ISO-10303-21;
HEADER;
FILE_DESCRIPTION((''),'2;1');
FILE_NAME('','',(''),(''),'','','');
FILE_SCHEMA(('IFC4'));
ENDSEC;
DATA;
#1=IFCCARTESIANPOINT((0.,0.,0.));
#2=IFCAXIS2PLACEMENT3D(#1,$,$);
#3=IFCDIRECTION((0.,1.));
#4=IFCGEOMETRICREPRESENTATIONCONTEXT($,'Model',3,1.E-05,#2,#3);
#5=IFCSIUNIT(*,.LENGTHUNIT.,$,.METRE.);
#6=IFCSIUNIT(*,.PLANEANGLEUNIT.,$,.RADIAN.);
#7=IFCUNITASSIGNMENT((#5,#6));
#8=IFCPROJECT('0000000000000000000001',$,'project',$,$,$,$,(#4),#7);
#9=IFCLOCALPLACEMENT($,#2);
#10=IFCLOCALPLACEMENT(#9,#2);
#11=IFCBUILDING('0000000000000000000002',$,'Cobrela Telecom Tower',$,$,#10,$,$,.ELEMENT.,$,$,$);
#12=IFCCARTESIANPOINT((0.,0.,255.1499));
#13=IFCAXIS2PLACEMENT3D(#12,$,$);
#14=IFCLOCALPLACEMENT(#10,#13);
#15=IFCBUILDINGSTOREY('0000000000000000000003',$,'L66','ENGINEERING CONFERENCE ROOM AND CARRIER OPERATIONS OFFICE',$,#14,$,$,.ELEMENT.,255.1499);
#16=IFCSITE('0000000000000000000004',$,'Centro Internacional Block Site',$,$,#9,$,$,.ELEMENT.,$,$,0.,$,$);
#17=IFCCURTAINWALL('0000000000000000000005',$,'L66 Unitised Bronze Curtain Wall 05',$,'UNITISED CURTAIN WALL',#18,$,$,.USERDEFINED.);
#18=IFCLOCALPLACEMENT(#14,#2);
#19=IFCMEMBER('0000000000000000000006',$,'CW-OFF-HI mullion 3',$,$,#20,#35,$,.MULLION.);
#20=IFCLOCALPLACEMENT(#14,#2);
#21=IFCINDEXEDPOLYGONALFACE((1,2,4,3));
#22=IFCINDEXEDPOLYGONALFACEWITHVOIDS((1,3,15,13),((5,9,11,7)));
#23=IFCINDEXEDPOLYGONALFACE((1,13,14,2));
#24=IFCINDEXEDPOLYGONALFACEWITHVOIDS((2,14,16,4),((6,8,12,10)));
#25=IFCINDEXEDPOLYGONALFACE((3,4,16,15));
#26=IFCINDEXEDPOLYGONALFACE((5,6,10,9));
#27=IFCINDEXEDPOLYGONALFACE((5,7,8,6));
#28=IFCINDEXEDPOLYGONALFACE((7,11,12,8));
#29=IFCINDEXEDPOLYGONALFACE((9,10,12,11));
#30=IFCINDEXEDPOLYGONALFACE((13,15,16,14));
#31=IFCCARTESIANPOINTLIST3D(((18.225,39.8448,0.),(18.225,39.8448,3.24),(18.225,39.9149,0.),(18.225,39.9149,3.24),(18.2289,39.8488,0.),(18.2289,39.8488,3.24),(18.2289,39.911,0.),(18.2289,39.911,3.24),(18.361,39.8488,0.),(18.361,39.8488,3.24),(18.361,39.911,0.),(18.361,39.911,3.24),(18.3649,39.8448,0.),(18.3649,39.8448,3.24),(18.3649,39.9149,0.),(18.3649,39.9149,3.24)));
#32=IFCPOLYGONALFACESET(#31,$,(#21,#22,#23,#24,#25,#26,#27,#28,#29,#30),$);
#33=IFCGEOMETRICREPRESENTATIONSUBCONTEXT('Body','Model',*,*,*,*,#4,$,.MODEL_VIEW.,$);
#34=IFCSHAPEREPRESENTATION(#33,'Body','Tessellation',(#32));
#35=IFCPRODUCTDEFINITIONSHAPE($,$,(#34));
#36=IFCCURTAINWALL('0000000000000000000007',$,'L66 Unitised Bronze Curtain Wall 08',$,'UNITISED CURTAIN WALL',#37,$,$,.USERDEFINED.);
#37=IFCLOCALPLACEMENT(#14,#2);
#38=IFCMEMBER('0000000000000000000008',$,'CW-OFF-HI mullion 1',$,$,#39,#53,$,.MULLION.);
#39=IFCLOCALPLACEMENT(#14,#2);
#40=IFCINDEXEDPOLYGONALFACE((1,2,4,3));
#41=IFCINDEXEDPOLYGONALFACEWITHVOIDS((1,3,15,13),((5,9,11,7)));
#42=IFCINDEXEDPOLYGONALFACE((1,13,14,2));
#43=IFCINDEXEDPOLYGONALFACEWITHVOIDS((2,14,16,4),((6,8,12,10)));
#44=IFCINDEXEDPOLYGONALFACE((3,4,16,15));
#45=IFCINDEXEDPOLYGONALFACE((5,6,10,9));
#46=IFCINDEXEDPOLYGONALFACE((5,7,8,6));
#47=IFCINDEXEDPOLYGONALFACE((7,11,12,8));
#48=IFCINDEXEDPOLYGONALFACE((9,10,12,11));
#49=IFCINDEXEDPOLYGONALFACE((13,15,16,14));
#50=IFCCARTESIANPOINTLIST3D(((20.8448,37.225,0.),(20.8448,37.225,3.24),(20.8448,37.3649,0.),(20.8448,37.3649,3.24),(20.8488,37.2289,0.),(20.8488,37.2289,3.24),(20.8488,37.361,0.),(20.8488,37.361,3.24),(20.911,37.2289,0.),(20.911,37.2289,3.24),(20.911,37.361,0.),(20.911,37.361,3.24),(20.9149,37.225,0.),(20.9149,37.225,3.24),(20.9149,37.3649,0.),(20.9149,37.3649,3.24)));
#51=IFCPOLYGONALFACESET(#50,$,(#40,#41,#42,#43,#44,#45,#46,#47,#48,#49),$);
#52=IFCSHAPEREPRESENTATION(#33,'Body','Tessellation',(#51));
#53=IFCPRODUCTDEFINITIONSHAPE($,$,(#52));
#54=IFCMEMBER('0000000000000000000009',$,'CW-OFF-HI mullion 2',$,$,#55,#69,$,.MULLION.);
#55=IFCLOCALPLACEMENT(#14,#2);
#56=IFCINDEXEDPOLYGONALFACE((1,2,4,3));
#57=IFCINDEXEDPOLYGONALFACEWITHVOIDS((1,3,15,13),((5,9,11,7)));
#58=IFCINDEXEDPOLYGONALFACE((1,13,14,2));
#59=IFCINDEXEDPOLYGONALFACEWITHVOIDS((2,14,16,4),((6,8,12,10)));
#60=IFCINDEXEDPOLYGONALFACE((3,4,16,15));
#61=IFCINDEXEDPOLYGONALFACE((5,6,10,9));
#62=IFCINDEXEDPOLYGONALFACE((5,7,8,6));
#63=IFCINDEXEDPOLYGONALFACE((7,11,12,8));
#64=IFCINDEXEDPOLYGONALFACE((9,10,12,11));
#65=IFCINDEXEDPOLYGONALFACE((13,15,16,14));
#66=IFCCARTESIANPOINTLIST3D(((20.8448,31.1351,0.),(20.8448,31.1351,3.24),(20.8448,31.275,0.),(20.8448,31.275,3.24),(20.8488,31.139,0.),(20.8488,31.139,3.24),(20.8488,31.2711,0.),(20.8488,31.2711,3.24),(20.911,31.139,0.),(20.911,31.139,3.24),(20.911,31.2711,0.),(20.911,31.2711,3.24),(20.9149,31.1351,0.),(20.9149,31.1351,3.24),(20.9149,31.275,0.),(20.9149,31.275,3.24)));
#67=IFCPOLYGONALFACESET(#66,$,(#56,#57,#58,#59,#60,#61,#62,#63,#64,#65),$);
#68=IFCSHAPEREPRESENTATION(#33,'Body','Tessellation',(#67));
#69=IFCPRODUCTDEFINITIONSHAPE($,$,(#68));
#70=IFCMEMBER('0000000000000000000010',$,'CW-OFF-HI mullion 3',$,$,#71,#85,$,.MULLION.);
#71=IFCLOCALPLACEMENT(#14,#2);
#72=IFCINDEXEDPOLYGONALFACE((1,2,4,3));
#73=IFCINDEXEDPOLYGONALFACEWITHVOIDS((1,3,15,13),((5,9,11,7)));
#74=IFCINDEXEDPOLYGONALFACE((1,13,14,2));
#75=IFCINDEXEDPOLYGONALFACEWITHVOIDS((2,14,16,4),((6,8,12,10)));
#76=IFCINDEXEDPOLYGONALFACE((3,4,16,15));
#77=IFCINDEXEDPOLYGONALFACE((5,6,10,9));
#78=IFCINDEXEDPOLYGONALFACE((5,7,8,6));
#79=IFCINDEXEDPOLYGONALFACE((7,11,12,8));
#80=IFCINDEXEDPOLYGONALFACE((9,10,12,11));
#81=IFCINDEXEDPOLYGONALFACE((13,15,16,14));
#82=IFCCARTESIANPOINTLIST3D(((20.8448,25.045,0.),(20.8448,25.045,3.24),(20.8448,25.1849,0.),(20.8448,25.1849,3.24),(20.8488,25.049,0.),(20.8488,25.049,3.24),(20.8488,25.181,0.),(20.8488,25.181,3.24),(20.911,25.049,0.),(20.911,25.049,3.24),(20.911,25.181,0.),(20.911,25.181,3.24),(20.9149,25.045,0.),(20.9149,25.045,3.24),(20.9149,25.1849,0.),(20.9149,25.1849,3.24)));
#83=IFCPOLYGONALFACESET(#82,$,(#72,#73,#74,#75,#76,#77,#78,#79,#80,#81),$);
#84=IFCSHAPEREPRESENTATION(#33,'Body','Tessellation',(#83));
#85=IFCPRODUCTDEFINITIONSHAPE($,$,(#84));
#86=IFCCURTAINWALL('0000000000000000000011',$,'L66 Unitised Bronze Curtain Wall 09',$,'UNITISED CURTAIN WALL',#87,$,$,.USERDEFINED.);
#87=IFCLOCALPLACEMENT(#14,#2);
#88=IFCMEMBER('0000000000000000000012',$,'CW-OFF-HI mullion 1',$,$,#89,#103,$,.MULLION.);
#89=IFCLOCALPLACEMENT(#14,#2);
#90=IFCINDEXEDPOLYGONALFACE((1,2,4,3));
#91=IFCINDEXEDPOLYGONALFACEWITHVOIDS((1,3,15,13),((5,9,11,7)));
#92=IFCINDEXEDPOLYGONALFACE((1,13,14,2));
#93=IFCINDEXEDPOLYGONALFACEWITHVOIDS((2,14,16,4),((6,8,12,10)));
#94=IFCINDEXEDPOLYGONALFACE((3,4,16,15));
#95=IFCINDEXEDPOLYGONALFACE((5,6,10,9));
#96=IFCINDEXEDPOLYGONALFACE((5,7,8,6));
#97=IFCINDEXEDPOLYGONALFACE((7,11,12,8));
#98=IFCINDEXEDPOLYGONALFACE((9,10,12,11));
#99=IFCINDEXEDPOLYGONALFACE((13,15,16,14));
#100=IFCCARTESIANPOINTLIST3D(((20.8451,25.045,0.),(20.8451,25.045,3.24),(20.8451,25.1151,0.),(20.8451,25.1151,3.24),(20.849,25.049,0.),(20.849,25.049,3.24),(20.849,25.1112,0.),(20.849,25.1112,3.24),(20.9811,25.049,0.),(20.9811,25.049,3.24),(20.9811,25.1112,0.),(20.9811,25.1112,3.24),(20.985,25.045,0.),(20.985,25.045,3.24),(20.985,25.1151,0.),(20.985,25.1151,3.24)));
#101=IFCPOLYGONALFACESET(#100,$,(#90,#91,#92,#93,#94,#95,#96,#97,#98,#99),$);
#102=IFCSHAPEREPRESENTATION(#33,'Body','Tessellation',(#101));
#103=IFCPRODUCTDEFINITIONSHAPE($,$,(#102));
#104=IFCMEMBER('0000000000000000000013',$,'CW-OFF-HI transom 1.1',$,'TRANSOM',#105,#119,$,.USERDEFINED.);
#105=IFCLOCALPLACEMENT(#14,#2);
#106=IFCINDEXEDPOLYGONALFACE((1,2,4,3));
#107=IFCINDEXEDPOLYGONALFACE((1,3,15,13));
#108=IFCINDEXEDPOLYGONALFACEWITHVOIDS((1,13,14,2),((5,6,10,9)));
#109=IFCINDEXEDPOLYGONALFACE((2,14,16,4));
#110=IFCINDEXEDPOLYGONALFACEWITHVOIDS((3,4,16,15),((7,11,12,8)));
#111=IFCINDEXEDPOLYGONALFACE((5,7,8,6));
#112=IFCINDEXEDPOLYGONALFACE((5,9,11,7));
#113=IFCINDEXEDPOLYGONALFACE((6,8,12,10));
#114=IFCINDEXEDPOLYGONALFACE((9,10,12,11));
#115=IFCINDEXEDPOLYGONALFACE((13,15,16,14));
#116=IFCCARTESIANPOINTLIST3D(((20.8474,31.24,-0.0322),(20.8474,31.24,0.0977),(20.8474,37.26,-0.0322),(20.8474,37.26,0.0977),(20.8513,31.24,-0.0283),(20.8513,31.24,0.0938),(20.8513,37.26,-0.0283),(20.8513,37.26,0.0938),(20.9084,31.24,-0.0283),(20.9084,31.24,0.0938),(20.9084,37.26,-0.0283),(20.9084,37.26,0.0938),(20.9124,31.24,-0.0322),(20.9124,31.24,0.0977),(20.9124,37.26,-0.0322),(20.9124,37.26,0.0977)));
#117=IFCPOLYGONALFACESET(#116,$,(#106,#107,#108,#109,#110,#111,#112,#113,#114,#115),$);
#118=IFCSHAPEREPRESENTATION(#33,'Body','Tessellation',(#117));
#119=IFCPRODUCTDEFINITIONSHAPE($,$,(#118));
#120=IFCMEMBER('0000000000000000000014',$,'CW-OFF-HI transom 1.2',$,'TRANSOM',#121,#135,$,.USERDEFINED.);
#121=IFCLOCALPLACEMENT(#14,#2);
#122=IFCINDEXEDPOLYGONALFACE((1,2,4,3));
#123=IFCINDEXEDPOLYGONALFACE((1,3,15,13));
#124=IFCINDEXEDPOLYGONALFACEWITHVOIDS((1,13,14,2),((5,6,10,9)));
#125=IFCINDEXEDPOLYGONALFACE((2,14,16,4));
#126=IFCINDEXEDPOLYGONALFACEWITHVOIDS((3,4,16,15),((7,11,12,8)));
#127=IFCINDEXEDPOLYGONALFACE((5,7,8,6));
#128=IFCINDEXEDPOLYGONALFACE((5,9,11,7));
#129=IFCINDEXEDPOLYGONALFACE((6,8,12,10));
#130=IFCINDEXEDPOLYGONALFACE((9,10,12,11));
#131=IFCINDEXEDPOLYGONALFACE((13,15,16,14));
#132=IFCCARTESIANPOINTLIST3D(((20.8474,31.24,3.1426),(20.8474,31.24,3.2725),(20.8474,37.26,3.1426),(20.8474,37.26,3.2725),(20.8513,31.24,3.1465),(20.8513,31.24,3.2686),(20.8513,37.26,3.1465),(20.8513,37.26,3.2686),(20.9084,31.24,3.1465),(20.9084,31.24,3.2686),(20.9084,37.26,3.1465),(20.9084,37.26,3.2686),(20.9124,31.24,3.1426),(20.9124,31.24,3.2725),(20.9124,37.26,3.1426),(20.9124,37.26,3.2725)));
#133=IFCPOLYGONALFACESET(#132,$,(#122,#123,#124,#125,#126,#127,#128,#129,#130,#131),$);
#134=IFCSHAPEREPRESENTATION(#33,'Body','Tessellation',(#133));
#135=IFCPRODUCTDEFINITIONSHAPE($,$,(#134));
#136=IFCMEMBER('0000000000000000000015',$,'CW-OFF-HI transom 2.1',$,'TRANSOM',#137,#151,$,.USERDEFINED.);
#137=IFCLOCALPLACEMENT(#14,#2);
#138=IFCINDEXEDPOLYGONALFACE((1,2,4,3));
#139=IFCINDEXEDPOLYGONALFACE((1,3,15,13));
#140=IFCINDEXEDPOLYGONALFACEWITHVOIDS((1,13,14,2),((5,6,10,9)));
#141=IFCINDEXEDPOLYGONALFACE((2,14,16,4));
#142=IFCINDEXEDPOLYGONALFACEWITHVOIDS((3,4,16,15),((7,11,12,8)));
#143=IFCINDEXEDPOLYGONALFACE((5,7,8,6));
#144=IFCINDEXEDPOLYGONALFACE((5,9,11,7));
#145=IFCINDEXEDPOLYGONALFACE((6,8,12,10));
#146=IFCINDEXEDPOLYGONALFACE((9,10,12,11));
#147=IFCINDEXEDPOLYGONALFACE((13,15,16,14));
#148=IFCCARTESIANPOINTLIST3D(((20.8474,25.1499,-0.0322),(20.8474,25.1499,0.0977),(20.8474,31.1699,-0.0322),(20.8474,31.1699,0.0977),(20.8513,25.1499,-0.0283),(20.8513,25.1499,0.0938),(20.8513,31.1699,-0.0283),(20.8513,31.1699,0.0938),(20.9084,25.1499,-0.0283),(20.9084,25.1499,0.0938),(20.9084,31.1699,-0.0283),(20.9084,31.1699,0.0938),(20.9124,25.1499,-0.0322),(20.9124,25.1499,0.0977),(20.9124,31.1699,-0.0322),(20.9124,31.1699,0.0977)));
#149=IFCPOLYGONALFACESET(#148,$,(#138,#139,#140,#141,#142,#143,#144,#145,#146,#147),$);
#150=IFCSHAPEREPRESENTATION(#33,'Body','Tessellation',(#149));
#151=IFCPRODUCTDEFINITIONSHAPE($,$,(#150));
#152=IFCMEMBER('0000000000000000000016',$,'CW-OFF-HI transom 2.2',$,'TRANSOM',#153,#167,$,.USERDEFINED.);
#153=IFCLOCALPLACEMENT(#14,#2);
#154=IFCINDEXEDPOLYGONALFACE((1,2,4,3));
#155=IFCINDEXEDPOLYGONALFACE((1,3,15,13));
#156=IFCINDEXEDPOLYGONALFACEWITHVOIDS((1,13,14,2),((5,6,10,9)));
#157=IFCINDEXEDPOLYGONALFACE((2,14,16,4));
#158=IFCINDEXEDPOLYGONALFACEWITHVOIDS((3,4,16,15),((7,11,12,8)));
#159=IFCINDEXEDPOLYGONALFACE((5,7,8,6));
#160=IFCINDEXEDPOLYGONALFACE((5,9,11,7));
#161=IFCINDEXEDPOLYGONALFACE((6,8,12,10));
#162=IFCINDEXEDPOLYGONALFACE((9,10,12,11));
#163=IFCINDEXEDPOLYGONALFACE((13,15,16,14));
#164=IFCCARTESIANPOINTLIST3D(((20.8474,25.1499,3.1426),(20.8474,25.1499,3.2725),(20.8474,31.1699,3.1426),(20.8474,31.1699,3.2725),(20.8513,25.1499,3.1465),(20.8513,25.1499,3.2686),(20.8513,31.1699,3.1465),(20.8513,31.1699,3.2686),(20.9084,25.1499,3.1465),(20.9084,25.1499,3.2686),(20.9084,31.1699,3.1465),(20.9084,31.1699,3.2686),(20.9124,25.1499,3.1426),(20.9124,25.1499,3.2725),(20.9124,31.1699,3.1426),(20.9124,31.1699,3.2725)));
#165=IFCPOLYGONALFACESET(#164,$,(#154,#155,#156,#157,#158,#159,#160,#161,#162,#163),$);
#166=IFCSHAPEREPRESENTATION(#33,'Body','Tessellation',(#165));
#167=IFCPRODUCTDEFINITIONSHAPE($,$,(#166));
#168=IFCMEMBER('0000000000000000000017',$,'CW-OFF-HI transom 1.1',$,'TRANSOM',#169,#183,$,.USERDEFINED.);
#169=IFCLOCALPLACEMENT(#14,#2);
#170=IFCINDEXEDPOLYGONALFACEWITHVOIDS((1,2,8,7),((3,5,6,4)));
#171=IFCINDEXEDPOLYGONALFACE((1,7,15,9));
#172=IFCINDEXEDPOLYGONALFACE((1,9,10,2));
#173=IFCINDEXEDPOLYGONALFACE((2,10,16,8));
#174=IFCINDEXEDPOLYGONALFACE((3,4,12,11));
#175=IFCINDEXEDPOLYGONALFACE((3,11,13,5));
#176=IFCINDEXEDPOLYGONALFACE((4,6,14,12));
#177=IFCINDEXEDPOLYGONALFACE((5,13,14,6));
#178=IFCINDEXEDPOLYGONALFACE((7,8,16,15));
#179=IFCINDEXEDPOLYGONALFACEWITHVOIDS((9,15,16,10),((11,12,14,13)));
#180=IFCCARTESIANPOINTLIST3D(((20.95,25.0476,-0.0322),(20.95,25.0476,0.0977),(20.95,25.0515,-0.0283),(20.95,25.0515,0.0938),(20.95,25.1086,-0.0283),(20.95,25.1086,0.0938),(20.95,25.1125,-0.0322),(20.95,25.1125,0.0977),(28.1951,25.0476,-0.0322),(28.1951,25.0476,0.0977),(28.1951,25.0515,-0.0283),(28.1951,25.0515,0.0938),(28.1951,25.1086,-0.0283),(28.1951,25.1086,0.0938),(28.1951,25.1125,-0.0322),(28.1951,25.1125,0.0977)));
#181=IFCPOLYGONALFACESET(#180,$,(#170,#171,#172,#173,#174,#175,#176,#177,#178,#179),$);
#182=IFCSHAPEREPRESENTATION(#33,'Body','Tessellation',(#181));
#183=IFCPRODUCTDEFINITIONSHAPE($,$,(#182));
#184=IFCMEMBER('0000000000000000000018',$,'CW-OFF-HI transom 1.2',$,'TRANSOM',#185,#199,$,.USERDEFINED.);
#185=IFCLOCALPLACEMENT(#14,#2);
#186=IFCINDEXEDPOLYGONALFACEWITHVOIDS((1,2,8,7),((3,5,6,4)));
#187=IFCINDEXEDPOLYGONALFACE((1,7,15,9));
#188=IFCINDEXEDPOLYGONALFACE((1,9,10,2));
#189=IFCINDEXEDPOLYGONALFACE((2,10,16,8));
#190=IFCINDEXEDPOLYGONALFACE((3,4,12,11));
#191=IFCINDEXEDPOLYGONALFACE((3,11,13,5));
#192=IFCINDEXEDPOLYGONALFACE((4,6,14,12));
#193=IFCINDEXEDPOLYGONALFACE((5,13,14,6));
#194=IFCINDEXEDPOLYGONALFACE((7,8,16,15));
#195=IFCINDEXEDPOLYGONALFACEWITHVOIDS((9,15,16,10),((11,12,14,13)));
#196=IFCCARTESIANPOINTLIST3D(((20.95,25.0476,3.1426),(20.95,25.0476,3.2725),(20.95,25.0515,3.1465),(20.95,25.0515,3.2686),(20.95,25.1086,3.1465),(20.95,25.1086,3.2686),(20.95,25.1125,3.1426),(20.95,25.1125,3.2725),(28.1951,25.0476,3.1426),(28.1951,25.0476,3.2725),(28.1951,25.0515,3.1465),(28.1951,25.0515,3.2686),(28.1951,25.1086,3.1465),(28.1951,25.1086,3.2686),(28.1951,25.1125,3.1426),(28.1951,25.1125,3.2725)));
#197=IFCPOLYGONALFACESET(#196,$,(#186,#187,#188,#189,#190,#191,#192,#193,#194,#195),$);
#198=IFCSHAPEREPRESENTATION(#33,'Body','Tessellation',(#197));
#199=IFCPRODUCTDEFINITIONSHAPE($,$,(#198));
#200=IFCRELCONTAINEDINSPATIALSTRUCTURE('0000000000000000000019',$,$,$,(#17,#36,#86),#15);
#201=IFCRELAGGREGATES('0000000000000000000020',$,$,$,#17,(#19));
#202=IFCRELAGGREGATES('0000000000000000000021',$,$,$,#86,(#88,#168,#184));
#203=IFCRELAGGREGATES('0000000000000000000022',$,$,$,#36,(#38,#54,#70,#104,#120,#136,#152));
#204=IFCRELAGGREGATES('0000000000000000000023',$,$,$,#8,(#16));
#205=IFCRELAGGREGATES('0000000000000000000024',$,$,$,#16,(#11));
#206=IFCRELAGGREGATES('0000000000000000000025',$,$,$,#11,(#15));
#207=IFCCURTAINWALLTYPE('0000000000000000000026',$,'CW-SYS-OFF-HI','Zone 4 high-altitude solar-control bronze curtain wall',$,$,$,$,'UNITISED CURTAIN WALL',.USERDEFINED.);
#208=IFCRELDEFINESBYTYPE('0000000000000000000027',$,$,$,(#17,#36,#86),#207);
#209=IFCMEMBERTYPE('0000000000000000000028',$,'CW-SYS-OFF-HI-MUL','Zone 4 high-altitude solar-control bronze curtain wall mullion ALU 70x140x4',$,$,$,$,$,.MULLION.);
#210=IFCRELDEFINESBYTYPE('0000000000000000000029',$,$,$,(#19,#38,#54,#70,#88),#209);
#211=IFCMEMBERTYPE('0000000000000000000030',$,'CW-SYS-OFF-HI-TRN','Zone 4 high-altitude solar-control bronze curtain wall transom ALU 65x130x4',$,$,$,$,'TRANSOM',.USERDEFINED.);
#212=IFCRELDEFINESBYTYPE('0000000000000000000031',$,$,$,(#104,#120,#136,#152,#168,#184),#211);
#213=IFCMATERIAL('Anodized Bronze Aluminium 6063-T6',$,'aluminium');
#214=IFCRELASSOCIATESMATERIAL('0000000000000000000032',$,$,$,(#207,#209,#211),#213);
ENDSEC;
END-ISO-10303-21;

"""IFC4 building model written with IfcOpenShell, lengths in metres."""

from ifc_helpers import new_model, si_unit, direction, frame, origin, origin_2d, place, context, subcontext, project, spatial, hollow_rectangle, extrude, material, material_profile, profile_set, type_object, element, aggregate, save


model = new_model("IFC4")

# Units and contexts
model_context = context("Model", 3, precision=1e-05, world=origin(), true_north=direction((0.0, 1.0)))
body_context = subcontext(model_context, "Body", "Model", "MODEL_VIEW")
ifc_project = project(units=[si_unit("LENGTHUNIT", "METRE"), si_unit("PLANEANGLEUNIT", "RADIAN")], contexts=[model_context])

# Site, building, storey
site_placement = place(None, origin())
site = spatial("IfcSite", under=ifc_project, at=site_placement, Name="Centro Internacional Block Site", CompositionType="ELEMENT", RefElevation=0.0)
building_placement = place(site_placement, origin())
building = spatial("IfcBuilding", under=site, at=building_placement, Name="Cobrela Telecom Tower", CompositionType="ELEMENT")
storey_placement = place(building_placement, frame((0.0, 0.0, 255.1499)))
storey = spatial("IfcBuildingStorey", under=building, at=storey_placement, Name="L66", Description="ENGINEERING CONFERENCE ROOM AND CARRIER OPERATIONS OFFICE", CompositionType="ELEMENT", Elevation=255.1499)

# Curtain wall, member
ifc_material_1 = material(Name="Anodized Bronze Aluminium 6063-T6", Category="aluminium")
curtain_wall_type = type_object("IfcCurtainWallType", Name="CW-SYS-OFF-HI", Description="Zone 4 high-altitude solar-control bronze curtain wall", ElementType="UNITISED CURTAIN WALL", PredefinedType="USERDEFINED", material=ifc_material_1)
curtain_wall_1_placement = place(storey_placement, origin())
curtain_wall_1 = element("IfcCurtainWall", 1, at=curtain_wall_1_placement, inside=storey, type_object=curtain_wall_type, Name="L66 Unitised Bronze Curtain Wall 05", ObjectType="UNITISED CURTAIN WALL", PredefinedType="USERDEFINED")
ifc_material_profile_1 = material_profile(ifc_material_1, hollow_rectangle(XDim=0.0701, YDim=0.1399, WallThickness=0.0039, at=origin_2d()), Name="ALU 70x140x4")
ifc_profile_set_1 = profile_set([ifc_material_profile_1], Name="Anodized Bronze Aluminium 6063-T6")
member_type_1 = type_object("IfcMemberType", Name="CW-SYS-OFF-HI-MUL", Description="Zone 4 high-altitude solar-control bronze curtain wall mullion ALU 70x140x4", PredefinedType="MULLION", material=ifc_profile_set_1)
member_1_placement = place(storey_placement, frame((18.2949, 39.8799, 0.0), z_axis=(0.0, 0.0, 1.0), x_axis=(0.0, 1.0, 0.0)))
member_1 = element("IfcMember", 2, at=member_1_placement, type_object=member_type_1, Name="CW-OFF-HI mullion 3", PredefinedType="MULLION", context=body_context, shape_type="SweptSolid", body=[
    extrude(hollow_rectangle(XDim=0.0701, YDim=0.1399, WallThickness=0.0039, at=origin_2d()), origin(), (0.0, 0.0, 1.0), 3.24),
])
aggregate(curtain_wall_1, [member_1])

# Curtain wall, members
curtain_wall_2_placement = place(storey_placement, origin())
curtain_wall_2 = element("IfcCurtainWall", 3, at=curtain_wall_2_placement, inside=storey, type_object=curtain_wall_type, Name="L66 Unitised Bronze Curtain Wall 08", ObjectType="UNITISED CURTAIN WALL", PredefinedType="USERDEFINED")
member_2_placement = place(storey_placement, frame((20.8799, 37.2949, 0.0), z_axis=(0.0, 0.0, 1.0), x_axis=(1.0, 0.0, 0.0)))
member_2 = element("IfcMember", 4, at=member_2_placement, type_object=member_type_1, Name="CW-OFF-HI mullion 1", PredefinedType="MULLION", context=body_context, shape_type="SweptSolid", body=[
    extrude(hollow_rectangle(XDim=0.0701, YDim=0.1399, WallThickness=0.0039, at=origin_2d()), origin(), (0.0, 0.0, 1.0), 3.24),
])
member_3_placement = place(storey_placement, frame((20.8799, 31.2051, 0.0), z_axis=(0.0, 0.0, 1.0), x_axis=(1.0, 0.0, 0.0)))
member_3 = element("IfcMember", 5, at=member_3_placement, type_object=member_type_1, Name="CW-OFF-HI mullion 2", PredefinedType="MULLION", context=body_context, shape_type="SweptSolid", body=[
    extrude(hollow_rectangle(XDim=0.0701, YDim=0.1399, WallThickness=0.0039, at=origin_2d()), origin(), (0.0, 0.0, 1.0), 3.24),
])
member_4_placement = place(storey_placement, frame((20.8799, 25.115, 0.0), z_axis=(0.0, 0.0, 1.0), x_axis=(1.0, 0.0, 0.0)))
member_4 = element("IfcMember", 6, at=member_4_placement, type_object=member_type_1, Name="CW-OFF-HI mullion 3", PredefinedType="MULLION", context=body_context, shape_type="SweptSolid", body=[
    extrude(hollow_rectangle(XDim=0.0701, YDim=0.1399, WallThickness=0.0039, at=origin_2d()), origin(), (0.0, 0.0, 1.0), 3.24),
])

# Curtain wall, member
curtain_wall_3_placement = place(storey_placement, origin())
curtain_wall_3 = element("IfcCurtainWall", 7, at=curtain_wall_3_placement, inside=storey, type_object=curtain_wall_type, Name="L66 Unitised Bronze Curtain Wall 09", ObjectType="UNITISED CURTAIN WALL", PredefinedType="USERDEFINED")
member_5_placement = place(storey_placement, frame((20.915, 25.0801, 0.0), z_axis=(0.0, 0.0, 1.0), x_axis=(0.0, 1.0, 0.0)))
member_5 = element("IfcMember", 8, at=member_5_placement, type_object=member_type_1, Name="CW-OFF-HI mullion 1", PredefinedType="MULLION", context=body_context, shape_type="SweptSolid", body=[
    extrude(hollow_rectangle(XDim=0.0701, YDim=0.1399, WallThickness=0.0039, at=origin_2d()), origin(), (0.0, 0.0, 1.0), 3.24),
])

# Members
ifc_material_profile_2 = material_profile(ifc_material_1, hollow_rectangle(XDim=0.0649, YDim=0.1299, WallThickness=0.0039, at=origin_2d()), Name="ALU 65x130x4")
ifc_profile_set_2 = profile_set([ifc_material_profile_2], Name="Anodized Bronze Aluminium 6063-T6")
member_type_2 = type_object("IfcMemberType", Name="CW-SYS-OFF-HI-TRN", Description="Zone 4 high-altitude solar-control bronze curtain wall transom ALU 65x130x4", ElementType="TRANSOM", PredefinedType="USERDEFINED", material=ifc_profile_set_2)
member_6_placement = place(storey_placement, frame((20.8799, 37.26, 0.0327), z_axis=(0.0, -1.0, 0.0), x_axis=(1.0, 0.0, 0.0)))
member_6 = element("IfcMember", 9, at=member_6_placement, type_object=member_type_2, Name="CW-OFF-HI transom 1.1", ObjectType="TRANSOM", PredefinedType="USERDEFINED", context=body_context, shape_type="SweptSolid", body=[
    extrude(hollow_rectangle(XDim=0.0649, YDim=0.1299, WallThickness=0.0039, at=origin_2d()), origin(), (0.0, 0.0, 1.0), 6.02),
])
member_7_placement = place(storey_placement, frame((20.8799, 37.26, 3.2075), z_axis=(0.0, -1.0, 0.0), x_axis=(1.0, 0.0, 0.0)))
member_7 = element("IfcMember", 10, at=member_7_placement, type_object=member_type_2, Name="CW-OFF-HI transom 1.2", ObjectType="TRANSOM", PredefinedType="USERDEFINED", context=body_context, shape_type="SweptSolid", body=[
    extrude(hollow_rectangle(XDim=0.0649, YDim=0.1299, WallThickness=0.0039, at=origin_2d()), origin(), (0.0, 0.0, 1.0), 6.02),
])
member_8_placement = place(storey_placement, frame((20.8799, 31.1699, 0.0327), z_axis=(0.0, -1.0, 0.0), x_axis=(1.0, 0.0, 0.0)))
member_8 = element("IfcMember", 11, at=member_8_placement, type_object=member_type_2, Name="CW-OFF-HI transom 2.1", ObjectType="TRANSOM", PredefinedType="USERDEFINED", context=body_context, shape_type="SweptSolid", body=[
    extrude(hollow_rectangle(XDim=0.0649, YDim=0.1299, WallThickness=0.0039, at=origin_2d()), origin(), (0.0, 0.0, 1.0), 6.02),
])
member_9_placement = place(storey_placement, frame((20.8799, 31.1699, 3.2075), z_axis=(0.0, -1.0, 0.0), x_axis=(1.0, 0.0, 0.0)))
member_9 = element("IfcMember", 12, at=member_9_placement, type_object=member_type_2, Name="CW-OFF-HI transom 2.2", ObjectType="TRANSOM", PredefinedType="USERDEFINED", context=body_context, shape_type="SweptSolid", body=[
    extrude(hollow_rectangle(XDim=0.0649, YDim=0.1299, WallThickness=0.0039, at=origin_2d()), origin(), (0.0, 0.0, 1.0), 6.02),
])
member_10_placement = place(storey_placement, frame((20.95, 25.0801, 0.0327), z_axis=(1.0, 0.0, 0.0), x_axis=(0.0, 1.0, 0.0)))
member_10 = element("IfcMember", 13, at=member_10_placement, type_object=member_type_2, Name="CW-OFF-HI transom 1.1", ObjectType="TRANSOM", PredefinedType="USERDEFINED", context=body_context, shape_type="SweptSolid", body=[
    extrude(hollow_rectangle(XDim=0.0649, YDim=0.1299, WallThickness=0.0039, at=origin_2d()), origin(), (0.0, 0.0, 1.0), 7.2451),
])
member_11_placement = place(storey_placement, frame((20.95, 25.0801, 3.2075), z_axis=(1.0, 0.0, 0.0), x_axis=(0.0, 1.0, 0.0)))
member_11 = element("IfcMember", 14, at=member_11_placement, type_object=member_type_2, Name="CW-OFF-HI transom 1.2", ObjectType="TRANSOM", PredefinedType="USERDEFINED", context=body_context, shape_type="SweptSolid", body=[
    extrude(hollow_rectangle(XDim=0.0649, YDim=0.1299, WallThickness=0.0039, at=origin_2d()), origin(), (0.0, 0.0, 1.0), 7.2451),
])
aggregate(curtain_wall_3, [member_5, member_10, member_11])

aggregate(curtain_wall_2, [member_2, member_3, member_4, member_6, member_7, member_8, member_9])

save(model, "model.ifc")
